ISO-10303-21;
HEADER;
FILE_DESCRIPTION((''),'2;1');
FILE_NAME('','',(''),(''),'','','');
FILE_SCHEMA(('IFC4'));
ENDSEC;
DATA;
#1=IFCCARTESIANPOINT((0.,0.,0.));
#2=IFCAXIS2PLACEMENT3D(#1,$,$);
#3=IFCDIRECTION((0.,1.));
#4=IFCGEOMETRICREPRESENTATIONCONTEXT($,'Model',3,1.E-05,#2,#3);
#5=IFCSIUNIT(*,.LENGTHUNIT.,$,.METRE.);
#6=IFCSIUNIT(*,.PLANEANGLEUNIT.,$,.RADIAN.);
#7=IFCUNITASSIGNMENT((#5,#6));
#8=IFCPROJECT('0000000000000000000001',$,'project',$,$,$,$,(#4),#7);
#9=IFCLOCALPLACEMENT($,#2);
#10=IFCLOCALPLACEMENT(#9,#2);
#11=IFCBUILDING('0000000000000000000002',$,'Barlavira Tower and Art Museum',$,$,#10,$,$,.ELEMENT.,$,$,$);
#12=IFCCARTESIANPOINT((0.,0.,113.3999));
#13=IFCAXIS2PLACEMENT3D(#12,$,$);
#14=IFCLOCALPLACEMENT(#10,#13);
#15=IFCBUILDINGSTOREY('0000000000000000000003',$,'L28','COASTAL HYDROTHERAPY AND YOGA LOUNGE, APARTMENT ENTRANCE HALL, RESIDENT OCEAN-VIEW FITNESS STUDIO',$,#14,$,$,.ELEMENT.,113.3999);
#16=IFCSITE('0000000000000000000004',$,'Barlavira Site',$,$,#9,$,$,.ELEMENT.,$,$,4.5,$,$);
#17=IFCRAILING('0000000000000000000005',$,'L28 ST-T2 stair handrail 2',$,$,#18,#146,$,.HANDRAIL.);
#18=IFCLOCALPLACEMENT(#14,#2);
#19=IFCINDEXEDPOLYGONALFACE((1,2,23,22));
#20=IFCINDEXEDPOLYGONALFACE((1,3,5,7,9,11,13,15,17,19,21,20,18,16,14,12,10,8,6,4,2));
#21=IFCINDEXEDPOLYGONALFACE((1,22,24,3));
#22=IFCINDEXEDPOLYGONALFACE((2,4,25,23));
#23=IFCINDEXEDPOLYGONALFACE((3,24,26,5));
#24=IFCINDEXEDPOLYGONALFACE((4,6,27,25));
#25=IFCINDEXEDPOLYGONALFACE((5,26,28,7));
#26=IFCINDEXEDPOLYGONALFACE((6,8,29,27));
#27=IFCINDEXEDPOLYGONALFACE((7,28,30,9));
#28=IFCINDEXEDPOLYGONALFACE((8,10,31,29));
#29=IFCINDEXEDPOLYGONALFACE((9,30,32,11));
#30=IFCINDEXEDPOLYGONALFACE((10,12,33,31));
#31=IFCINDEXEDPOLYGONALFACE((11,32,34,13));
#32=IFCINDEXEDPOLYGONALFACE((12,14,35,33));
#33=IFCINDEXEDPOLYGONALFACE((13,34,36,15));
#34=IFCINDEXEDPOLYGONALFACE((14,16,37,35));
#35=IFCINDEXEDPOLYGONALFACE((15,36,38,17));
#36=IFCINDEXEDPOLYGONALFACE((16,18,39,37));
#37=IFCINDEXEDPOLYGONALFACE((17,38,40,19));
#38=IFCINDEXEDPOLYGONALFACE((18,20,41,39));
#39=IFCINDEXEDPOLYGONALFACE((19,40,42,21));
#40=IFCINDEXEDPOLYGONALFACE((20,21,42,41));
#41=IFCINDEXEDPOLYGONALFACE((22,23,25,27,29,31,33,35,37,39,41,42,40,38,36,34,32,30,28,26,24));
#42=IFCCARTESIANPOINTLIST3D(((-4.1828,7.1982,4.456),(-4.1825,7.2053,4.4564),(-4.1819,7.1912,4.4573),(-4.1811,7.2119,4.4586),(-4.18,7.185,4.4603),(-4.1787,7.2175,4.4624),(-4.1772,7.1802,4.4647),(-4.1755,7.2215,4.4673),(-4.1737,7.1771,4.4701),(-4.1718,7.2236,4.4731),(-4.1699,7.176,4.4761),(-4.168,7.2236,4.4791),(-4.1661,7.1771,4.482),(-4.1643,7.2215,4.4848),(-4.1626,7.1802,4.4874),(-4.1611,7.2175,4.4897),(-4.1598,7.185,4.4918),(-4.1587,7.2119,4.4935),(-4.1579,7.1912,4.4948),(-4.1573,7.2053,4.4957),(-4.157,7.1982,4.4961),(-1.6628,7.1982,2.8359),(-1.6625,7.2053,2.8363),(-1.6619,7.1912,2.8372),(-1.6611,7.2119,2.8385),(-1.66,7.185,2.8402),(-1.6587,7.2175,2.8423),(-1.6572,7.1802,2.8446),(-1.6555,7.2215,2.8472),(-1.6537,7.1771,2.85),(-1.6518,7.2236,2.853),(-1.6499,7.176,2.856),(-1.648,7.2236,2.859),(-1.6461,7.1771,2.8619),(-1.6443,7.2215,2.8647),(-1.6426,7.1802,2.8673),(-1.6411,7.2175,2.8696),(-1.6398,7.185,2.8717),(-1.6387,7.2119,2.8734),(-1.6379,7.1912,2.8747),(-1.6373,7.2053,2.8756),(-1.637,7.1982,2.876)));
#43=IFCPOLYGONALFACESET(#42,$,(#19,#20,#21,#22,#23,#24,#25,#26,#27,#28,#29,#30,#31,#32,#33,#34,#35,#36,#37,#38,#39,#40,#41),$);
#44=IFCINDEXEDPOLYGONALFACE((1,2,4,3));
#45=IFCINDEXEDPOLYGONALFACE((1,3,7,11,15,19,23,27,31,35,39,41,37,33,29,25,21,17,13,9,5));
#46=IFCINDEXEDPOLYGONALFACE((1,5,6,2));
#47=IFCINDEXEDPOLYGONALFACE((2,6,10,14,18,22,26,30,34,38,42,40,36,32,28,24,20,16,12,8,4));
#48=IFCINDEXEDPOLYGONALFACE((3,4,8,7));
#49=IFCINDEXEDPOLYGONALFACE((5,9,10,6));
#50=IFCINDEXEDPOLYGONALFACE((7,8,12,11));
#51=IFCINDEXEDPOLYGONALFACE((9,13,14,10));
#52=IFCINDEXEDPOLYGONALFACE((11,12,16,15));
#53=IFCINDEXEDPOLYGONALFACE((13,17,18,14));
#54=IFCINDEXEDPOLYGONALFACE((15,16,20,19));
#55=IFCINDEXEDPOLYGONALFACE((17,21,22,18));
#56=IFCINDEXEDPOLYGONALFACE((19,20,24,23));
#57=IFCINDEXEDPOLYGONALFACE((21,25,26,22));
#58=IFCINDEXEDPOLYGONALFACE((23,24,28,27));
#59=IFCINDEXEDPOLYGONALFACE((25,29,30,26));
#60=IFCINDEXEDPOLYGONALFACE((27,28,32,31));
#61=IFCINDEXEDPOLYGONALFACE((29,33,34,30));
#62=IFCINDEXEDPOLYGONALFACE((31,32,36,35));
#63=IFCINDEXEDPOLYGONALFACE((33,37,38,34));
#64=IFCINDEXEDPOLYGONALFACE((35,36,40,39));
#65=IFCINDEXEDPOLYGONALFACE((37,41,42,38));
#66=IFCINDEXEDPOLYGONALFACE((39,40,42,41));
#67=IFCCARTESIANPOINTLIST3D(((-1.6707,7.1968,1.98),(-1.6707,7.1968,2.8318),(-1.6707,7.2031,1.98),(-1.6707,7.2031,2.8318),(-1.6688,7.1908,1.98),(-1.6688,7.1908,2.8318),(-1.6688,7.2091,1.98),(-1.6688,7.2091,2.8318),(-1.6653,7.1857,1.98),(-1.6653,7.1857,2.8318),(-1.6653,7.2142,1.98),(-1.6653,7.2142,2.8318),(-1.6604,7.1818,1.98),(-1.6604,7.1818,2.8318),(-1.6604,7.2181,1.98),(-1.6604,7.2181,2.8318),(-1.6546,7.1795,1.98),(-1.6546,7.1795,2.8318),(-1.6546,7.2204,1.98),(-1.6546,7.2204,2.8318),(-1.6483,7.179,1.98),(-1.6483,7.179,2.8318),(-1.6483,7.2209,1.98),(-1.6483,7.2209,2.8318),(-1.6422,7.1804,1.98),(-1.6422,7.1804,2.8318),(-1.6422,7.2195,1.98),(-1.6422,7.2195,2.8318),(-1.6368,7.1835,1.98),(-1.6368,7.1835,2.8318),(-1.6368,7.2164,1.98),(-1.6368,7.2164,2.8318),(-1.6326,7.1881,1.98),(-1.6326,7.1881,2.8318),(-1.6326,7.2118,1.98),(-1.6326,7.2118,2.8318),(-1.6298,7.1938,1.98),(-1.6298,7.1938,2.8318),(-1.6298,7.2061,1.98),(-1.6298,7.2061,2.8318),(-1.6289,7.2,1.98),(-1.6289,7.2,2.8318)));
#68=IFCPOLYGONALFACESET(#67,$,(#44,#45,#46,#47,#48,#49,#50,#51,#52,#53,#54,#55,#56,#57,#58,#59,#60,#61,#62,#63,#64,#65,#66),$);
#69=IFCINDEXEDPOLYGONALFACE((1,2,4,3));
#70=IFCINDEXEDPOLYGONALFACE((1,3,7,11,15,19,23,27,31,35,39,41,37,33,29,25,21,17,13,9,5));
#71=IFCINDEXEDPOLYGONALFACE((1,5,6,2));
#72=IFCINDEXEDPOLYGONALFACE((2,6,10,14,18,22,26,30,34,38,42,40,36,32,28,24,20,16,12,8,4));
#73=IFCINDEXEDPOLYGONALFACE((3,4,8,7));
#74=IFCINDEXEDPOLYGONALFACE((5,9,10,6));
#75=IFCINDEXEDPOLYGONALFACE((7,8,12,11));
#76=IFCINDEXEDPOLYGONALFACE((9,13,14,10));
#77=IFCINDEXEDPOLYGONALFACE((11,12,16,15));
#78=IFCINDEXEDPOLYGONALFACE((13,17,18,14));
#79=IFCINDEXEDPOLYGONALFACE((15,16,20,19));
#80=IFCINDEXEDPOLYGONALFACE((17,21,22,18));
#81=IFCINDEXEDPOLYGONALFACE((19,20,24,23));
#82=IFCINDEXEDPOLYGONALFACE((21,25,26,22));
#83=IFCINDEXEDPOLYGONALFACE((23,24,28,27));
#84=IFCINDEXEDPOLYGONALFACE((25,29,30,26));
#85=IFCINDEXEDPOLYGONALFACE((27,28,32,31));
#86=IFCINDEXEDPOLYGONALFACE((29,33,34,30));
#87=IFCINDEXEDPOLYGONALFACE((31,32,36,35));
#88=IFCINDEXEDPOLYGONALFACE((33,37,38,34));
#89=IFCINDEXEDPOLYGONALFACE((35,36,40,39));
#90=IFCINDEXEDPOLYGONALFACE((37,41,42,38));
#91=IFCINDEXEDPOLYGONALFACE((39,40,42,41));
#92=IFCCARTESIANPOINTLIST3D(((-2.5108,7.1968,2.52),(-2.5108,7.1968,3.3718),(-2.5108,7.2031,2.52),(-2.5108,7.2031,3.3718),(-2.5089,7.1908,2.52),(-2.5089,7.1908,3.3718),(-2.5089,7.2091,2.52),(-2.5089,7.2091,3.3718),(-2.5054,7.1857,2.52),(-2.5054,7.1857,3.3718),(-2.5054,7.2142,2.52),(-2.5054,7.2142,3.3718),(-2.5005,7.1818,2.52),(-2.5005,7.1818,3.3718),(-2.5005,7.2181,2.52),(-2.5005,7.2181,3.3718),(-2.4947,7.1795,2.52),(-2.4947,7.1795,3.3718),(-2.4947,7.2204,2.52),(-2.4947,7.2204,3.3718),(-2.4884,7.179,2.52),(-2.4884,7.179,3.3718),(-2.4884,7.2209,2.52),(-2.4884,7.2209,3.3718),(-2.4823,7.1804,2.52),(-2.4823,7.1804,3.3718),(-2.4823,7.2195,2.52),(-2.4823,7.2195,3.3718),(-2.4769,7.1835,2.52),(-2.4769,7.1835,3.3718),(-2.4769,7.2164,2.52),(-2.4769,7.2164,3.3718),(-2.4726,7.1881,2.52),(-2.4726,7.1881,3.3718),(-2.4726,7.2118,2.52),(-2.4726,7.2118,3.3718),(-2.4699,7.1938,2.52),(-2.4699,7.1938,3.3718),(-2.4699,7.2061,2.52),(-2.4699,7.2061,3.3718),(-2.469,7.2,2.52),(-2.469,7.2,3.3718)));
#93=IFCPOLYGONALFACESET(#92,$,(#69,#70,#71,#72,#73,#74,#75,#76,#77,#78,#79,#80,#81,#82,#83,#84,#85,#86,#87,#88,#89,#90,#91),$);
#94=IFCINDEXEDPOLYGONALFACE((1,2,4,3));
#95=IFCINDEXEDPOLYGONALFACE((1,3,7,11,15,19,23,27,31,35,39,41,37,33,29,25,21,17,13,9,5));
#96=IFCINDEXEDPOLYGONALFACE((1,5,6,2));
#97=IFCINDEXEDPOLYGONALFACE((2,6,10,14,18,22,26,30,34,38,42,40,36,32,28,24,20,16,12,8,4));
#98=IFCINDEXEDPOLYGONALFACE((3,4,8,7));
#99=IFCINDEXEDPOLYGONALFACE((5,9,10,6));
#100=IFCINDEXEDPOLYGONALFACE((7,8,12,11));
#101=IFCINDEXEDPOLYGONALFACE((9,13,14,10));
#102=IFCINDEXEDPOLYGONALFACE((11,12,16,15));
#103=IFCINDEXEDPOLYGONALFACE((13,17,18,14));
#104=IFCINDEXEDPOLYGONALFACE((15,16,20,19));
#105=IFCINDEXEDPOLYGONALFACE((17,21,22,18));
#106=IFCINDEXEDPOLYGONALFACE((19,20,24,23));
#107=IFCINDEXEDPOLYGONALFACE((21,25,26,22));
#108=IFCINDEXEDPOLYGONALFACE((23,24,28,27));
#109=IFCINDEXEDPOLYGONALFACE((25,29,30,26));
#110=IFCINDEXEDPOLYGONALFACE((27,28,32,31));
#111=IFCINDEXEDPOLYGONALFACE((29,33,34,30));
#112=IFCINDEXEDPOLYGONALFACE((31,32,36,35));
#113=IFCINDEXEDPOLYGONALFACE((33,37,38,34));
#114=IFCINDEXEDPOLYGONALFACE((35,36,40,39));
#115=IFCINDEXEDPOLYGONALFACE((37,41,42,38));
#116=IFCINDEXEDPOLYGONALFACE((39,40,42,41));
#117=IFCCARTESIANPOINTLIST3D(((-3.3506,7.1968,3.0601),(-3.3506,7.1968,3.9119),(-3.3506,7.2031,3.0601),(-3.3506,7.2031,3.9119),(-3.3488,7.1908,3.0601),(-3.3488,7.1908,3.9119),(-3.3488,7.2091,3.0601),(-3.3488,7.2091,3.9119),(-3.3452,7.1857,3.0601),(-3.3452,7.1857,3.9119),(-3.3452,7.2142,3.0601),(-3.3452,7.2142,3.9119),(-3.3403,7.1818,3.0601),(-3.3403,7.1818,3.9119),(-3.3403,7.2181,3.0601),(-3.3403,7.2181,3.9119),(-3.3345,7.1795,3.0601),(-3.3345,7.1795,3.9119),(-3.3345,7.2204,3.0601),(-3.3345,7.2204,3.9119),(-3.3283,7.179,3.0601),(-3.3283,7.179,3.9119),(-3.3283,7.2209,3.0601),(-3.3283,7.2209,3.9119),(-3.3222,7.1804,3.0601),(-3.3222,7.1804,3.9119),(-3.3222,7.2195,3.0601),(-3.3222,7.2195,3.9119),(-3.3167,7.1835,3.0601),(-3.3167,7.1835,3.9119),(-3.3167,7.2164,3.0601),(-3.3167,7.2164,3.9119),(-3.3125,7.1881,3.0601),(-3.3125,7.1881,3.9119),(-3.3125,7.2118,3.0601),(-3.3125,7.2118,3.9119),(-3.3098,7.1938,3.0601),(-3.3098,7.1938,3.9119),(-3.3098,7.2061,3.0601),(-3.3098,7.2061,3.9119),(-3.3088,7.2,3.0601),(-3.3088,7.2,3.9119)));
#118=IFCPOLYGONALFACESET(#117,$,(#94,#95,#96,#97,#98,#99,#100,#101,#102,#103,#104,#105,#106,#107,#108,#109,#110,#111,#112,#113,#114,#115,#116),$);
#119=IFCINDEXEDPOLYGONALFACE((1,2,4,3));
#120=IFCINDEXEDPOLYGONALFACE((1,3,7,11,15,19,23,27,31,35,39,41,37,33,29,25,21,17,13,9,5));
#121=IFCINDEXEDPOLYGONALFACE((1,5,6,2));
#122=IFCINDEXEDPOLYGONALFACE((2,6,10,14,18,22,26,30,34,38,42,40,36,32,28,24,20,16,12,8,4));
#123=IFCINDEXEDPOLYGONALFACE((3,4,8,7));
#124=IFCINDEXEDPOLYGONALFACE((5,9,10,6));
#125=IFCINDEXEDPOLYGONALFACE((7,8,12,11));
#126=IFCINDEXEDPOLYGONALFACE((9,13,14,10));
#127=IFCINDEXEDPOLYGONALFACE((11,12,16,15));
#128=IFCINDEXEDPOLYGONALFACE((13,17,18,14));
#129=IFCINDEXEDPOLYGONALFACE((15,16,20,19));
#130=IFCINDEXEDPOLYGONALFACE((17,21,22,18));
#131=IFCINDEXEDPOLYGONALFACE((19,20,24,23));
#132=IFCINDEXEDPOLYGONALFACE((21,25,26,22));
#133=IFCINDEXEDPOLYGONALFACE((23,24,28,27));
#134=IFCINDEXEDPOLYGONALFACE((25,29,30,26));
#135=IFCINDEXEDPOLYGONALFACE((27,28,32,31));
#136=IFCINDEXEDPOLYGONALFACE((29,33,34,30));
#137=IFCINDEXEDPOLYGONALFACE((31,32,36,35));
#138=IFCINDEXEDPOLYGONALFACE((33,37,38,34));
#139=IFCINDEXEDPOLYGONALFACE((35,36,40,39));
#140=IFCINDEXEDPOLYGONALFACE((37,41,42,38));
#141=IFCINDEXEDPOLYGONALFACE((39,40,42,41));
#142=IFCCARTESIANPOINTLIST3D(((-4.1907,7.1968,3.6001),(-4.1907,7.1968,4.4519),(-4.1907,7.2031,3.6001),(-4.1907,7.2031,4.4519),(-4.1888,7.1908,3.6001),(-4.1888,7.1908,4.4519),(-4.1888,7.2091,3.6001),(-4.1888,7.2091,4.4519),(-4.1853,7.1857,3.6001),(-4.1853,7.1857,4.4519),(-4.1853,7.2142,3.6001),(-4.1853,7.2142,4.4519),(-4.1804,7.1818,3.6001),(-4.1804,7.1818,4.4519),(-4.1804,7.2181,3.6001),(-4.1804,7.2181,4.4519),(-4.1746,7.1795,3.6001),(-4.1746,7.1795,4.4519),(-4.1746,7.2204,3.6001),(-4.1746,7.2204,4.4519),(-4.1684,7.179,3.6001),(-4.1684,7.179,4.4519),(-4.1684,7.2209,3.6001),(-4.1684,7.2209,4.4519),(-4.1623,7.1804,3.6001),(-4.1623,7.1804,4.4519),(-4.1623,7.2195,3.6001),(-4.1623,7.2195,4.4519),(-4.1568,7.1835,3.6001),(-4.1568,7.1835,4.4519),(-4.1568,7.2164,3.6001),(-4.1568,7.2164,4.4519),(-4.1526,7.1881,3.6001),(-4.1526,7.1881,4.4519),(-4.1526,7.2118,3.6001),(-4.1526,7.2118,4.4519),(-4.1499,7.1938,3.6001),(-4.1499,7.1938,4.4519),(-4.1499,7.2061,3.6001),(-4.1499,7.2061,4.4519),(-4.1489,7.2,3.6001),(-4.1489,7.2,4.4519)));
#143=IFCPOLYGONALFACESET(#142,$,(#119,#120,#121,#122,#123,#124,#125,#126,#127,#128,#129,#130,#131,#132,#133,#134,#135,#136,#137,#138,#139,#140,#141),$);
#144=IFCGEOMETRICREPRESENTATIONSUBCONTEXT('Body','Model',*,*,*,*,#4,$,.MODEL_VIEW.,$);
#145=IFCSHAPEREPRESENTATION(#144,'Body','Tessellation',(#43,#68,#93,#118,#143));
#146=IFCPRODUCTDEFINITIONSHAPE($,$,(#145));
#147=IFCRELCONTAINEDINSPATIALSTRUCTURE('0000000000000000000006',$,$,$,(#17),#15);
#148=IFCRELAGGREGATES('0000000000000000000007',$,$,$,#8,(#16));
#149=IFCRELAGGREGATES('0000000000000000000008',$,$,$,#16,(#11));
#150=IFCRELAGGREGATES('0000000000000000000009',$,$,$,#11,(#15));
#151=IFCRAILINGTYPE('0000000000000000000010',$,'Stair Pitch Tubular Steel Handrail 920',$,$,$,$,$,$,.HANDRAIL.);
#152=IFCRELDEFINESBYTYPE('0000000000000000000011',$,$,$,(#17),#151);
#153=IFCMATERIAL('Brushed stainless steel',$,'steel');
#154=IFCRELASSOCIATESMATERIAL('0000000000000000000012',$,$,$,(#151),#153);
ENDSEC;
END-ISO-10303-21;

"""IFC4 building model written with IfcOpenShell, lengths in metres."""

from ifc_helpers import new_model, si_unit, direction, frame, origin, origin_2d, place, context, subcontext, project, spatial, circle, extrude, material, type_object, element, save


model = new_model("IFC4")

# Units and contexts
model_context = context("Model", 3, precision=1e-05, world=origin(), true_north=direction((0.0, 1.0)))
body_context = subcontext(model_context, "Body", "Model", "MODEL_VIEW")
ifc_project = project(units=[si_unit("LENGTHUNIT", "METRE"), si_unit("PLANEANGLEUNIT", "RADIAN")], contexts=[model_context])

# Site, building, storey
site_placement = place(None, origin())
site = spatial("IfcSite", under=ifc_project, at=site_placement, Name="Barlavira Site", CompositionType="ELEMENT", RefElevation=4.5)
building_placement = place(site_placement, origin())
building = spatial("IfcBuilding", under=site, at=building_placement, Name="Barlavira Tower and Art Museum", CompositionType="ELEMENT")
storey_placement = place(building_placement, frame((0.0, 0.0, 113.3999)))
storey = spatial("IfcBuildingStorey", under=building, at=storey_placement, Name="L28", Description="COASTAL HYDROTHERAPY AND YOGA LOUNGE, APARTMENT ENTRANCE HALL, RESIDENT OCEAN-VIEW FITNESS STUDIO", CompositionType="ELEMENT", Elevation=113.3999)

# Shared definitions
ifc_material_1 = material(Name="Brushed stainless steel", Category="steel")

# Railing
railing_type_1 = type_object("IfcRailingType", Name="Stair Pitch Tubular Steel Handrail 920", PredefinedType="HANDRAIL", material=ifc_material_1)
railing_1_placement = place(storey_placement, frame((-1.6499, 7.2, 1.98)))
element("IfcRailing", 1, at=railing_1_placement, inside=storey, type_object=railing_type_1, Name="L28 ST-T2 stair handrail 2", PredefinedType="HANDRAIL", context=body_context, shape_type="SweptSolid", body=[
    extrude(circle(Radius=0.0239, at=origin_2d()), frame((0.0, 0.0, 0.876), z_axis=(-0.841163, 0.0, 0.540782), x_axis=(0.0, -1.0, 0.0)), (0.0, 0.0, 1.0), 2.9958),
    extrude(circle(Radius=0.021, at=origin_2d()), origin(), (0.0, 0.0, 1.0), 0.8518),
    extrude(circle(Radius=0.021, at=origin_2d()), frame((-0.8401, 0.0, 0.54)), (0.0, 0.0, 1.0), 0.8518),
    extrude(circle(Radius=0.021, at=origin_2d()), frame((-1.6799, 0.0, 1.0801)), (0.0, 0.0, 1.0), 0.8518),
    extrude(circle(Radius=0.021, at=origin_2d()), frame((-2.52, 0.0, 1.6201)), (0.0, 0.0, 1.0), 0.8518),
])

save(model, "model.ifc")
